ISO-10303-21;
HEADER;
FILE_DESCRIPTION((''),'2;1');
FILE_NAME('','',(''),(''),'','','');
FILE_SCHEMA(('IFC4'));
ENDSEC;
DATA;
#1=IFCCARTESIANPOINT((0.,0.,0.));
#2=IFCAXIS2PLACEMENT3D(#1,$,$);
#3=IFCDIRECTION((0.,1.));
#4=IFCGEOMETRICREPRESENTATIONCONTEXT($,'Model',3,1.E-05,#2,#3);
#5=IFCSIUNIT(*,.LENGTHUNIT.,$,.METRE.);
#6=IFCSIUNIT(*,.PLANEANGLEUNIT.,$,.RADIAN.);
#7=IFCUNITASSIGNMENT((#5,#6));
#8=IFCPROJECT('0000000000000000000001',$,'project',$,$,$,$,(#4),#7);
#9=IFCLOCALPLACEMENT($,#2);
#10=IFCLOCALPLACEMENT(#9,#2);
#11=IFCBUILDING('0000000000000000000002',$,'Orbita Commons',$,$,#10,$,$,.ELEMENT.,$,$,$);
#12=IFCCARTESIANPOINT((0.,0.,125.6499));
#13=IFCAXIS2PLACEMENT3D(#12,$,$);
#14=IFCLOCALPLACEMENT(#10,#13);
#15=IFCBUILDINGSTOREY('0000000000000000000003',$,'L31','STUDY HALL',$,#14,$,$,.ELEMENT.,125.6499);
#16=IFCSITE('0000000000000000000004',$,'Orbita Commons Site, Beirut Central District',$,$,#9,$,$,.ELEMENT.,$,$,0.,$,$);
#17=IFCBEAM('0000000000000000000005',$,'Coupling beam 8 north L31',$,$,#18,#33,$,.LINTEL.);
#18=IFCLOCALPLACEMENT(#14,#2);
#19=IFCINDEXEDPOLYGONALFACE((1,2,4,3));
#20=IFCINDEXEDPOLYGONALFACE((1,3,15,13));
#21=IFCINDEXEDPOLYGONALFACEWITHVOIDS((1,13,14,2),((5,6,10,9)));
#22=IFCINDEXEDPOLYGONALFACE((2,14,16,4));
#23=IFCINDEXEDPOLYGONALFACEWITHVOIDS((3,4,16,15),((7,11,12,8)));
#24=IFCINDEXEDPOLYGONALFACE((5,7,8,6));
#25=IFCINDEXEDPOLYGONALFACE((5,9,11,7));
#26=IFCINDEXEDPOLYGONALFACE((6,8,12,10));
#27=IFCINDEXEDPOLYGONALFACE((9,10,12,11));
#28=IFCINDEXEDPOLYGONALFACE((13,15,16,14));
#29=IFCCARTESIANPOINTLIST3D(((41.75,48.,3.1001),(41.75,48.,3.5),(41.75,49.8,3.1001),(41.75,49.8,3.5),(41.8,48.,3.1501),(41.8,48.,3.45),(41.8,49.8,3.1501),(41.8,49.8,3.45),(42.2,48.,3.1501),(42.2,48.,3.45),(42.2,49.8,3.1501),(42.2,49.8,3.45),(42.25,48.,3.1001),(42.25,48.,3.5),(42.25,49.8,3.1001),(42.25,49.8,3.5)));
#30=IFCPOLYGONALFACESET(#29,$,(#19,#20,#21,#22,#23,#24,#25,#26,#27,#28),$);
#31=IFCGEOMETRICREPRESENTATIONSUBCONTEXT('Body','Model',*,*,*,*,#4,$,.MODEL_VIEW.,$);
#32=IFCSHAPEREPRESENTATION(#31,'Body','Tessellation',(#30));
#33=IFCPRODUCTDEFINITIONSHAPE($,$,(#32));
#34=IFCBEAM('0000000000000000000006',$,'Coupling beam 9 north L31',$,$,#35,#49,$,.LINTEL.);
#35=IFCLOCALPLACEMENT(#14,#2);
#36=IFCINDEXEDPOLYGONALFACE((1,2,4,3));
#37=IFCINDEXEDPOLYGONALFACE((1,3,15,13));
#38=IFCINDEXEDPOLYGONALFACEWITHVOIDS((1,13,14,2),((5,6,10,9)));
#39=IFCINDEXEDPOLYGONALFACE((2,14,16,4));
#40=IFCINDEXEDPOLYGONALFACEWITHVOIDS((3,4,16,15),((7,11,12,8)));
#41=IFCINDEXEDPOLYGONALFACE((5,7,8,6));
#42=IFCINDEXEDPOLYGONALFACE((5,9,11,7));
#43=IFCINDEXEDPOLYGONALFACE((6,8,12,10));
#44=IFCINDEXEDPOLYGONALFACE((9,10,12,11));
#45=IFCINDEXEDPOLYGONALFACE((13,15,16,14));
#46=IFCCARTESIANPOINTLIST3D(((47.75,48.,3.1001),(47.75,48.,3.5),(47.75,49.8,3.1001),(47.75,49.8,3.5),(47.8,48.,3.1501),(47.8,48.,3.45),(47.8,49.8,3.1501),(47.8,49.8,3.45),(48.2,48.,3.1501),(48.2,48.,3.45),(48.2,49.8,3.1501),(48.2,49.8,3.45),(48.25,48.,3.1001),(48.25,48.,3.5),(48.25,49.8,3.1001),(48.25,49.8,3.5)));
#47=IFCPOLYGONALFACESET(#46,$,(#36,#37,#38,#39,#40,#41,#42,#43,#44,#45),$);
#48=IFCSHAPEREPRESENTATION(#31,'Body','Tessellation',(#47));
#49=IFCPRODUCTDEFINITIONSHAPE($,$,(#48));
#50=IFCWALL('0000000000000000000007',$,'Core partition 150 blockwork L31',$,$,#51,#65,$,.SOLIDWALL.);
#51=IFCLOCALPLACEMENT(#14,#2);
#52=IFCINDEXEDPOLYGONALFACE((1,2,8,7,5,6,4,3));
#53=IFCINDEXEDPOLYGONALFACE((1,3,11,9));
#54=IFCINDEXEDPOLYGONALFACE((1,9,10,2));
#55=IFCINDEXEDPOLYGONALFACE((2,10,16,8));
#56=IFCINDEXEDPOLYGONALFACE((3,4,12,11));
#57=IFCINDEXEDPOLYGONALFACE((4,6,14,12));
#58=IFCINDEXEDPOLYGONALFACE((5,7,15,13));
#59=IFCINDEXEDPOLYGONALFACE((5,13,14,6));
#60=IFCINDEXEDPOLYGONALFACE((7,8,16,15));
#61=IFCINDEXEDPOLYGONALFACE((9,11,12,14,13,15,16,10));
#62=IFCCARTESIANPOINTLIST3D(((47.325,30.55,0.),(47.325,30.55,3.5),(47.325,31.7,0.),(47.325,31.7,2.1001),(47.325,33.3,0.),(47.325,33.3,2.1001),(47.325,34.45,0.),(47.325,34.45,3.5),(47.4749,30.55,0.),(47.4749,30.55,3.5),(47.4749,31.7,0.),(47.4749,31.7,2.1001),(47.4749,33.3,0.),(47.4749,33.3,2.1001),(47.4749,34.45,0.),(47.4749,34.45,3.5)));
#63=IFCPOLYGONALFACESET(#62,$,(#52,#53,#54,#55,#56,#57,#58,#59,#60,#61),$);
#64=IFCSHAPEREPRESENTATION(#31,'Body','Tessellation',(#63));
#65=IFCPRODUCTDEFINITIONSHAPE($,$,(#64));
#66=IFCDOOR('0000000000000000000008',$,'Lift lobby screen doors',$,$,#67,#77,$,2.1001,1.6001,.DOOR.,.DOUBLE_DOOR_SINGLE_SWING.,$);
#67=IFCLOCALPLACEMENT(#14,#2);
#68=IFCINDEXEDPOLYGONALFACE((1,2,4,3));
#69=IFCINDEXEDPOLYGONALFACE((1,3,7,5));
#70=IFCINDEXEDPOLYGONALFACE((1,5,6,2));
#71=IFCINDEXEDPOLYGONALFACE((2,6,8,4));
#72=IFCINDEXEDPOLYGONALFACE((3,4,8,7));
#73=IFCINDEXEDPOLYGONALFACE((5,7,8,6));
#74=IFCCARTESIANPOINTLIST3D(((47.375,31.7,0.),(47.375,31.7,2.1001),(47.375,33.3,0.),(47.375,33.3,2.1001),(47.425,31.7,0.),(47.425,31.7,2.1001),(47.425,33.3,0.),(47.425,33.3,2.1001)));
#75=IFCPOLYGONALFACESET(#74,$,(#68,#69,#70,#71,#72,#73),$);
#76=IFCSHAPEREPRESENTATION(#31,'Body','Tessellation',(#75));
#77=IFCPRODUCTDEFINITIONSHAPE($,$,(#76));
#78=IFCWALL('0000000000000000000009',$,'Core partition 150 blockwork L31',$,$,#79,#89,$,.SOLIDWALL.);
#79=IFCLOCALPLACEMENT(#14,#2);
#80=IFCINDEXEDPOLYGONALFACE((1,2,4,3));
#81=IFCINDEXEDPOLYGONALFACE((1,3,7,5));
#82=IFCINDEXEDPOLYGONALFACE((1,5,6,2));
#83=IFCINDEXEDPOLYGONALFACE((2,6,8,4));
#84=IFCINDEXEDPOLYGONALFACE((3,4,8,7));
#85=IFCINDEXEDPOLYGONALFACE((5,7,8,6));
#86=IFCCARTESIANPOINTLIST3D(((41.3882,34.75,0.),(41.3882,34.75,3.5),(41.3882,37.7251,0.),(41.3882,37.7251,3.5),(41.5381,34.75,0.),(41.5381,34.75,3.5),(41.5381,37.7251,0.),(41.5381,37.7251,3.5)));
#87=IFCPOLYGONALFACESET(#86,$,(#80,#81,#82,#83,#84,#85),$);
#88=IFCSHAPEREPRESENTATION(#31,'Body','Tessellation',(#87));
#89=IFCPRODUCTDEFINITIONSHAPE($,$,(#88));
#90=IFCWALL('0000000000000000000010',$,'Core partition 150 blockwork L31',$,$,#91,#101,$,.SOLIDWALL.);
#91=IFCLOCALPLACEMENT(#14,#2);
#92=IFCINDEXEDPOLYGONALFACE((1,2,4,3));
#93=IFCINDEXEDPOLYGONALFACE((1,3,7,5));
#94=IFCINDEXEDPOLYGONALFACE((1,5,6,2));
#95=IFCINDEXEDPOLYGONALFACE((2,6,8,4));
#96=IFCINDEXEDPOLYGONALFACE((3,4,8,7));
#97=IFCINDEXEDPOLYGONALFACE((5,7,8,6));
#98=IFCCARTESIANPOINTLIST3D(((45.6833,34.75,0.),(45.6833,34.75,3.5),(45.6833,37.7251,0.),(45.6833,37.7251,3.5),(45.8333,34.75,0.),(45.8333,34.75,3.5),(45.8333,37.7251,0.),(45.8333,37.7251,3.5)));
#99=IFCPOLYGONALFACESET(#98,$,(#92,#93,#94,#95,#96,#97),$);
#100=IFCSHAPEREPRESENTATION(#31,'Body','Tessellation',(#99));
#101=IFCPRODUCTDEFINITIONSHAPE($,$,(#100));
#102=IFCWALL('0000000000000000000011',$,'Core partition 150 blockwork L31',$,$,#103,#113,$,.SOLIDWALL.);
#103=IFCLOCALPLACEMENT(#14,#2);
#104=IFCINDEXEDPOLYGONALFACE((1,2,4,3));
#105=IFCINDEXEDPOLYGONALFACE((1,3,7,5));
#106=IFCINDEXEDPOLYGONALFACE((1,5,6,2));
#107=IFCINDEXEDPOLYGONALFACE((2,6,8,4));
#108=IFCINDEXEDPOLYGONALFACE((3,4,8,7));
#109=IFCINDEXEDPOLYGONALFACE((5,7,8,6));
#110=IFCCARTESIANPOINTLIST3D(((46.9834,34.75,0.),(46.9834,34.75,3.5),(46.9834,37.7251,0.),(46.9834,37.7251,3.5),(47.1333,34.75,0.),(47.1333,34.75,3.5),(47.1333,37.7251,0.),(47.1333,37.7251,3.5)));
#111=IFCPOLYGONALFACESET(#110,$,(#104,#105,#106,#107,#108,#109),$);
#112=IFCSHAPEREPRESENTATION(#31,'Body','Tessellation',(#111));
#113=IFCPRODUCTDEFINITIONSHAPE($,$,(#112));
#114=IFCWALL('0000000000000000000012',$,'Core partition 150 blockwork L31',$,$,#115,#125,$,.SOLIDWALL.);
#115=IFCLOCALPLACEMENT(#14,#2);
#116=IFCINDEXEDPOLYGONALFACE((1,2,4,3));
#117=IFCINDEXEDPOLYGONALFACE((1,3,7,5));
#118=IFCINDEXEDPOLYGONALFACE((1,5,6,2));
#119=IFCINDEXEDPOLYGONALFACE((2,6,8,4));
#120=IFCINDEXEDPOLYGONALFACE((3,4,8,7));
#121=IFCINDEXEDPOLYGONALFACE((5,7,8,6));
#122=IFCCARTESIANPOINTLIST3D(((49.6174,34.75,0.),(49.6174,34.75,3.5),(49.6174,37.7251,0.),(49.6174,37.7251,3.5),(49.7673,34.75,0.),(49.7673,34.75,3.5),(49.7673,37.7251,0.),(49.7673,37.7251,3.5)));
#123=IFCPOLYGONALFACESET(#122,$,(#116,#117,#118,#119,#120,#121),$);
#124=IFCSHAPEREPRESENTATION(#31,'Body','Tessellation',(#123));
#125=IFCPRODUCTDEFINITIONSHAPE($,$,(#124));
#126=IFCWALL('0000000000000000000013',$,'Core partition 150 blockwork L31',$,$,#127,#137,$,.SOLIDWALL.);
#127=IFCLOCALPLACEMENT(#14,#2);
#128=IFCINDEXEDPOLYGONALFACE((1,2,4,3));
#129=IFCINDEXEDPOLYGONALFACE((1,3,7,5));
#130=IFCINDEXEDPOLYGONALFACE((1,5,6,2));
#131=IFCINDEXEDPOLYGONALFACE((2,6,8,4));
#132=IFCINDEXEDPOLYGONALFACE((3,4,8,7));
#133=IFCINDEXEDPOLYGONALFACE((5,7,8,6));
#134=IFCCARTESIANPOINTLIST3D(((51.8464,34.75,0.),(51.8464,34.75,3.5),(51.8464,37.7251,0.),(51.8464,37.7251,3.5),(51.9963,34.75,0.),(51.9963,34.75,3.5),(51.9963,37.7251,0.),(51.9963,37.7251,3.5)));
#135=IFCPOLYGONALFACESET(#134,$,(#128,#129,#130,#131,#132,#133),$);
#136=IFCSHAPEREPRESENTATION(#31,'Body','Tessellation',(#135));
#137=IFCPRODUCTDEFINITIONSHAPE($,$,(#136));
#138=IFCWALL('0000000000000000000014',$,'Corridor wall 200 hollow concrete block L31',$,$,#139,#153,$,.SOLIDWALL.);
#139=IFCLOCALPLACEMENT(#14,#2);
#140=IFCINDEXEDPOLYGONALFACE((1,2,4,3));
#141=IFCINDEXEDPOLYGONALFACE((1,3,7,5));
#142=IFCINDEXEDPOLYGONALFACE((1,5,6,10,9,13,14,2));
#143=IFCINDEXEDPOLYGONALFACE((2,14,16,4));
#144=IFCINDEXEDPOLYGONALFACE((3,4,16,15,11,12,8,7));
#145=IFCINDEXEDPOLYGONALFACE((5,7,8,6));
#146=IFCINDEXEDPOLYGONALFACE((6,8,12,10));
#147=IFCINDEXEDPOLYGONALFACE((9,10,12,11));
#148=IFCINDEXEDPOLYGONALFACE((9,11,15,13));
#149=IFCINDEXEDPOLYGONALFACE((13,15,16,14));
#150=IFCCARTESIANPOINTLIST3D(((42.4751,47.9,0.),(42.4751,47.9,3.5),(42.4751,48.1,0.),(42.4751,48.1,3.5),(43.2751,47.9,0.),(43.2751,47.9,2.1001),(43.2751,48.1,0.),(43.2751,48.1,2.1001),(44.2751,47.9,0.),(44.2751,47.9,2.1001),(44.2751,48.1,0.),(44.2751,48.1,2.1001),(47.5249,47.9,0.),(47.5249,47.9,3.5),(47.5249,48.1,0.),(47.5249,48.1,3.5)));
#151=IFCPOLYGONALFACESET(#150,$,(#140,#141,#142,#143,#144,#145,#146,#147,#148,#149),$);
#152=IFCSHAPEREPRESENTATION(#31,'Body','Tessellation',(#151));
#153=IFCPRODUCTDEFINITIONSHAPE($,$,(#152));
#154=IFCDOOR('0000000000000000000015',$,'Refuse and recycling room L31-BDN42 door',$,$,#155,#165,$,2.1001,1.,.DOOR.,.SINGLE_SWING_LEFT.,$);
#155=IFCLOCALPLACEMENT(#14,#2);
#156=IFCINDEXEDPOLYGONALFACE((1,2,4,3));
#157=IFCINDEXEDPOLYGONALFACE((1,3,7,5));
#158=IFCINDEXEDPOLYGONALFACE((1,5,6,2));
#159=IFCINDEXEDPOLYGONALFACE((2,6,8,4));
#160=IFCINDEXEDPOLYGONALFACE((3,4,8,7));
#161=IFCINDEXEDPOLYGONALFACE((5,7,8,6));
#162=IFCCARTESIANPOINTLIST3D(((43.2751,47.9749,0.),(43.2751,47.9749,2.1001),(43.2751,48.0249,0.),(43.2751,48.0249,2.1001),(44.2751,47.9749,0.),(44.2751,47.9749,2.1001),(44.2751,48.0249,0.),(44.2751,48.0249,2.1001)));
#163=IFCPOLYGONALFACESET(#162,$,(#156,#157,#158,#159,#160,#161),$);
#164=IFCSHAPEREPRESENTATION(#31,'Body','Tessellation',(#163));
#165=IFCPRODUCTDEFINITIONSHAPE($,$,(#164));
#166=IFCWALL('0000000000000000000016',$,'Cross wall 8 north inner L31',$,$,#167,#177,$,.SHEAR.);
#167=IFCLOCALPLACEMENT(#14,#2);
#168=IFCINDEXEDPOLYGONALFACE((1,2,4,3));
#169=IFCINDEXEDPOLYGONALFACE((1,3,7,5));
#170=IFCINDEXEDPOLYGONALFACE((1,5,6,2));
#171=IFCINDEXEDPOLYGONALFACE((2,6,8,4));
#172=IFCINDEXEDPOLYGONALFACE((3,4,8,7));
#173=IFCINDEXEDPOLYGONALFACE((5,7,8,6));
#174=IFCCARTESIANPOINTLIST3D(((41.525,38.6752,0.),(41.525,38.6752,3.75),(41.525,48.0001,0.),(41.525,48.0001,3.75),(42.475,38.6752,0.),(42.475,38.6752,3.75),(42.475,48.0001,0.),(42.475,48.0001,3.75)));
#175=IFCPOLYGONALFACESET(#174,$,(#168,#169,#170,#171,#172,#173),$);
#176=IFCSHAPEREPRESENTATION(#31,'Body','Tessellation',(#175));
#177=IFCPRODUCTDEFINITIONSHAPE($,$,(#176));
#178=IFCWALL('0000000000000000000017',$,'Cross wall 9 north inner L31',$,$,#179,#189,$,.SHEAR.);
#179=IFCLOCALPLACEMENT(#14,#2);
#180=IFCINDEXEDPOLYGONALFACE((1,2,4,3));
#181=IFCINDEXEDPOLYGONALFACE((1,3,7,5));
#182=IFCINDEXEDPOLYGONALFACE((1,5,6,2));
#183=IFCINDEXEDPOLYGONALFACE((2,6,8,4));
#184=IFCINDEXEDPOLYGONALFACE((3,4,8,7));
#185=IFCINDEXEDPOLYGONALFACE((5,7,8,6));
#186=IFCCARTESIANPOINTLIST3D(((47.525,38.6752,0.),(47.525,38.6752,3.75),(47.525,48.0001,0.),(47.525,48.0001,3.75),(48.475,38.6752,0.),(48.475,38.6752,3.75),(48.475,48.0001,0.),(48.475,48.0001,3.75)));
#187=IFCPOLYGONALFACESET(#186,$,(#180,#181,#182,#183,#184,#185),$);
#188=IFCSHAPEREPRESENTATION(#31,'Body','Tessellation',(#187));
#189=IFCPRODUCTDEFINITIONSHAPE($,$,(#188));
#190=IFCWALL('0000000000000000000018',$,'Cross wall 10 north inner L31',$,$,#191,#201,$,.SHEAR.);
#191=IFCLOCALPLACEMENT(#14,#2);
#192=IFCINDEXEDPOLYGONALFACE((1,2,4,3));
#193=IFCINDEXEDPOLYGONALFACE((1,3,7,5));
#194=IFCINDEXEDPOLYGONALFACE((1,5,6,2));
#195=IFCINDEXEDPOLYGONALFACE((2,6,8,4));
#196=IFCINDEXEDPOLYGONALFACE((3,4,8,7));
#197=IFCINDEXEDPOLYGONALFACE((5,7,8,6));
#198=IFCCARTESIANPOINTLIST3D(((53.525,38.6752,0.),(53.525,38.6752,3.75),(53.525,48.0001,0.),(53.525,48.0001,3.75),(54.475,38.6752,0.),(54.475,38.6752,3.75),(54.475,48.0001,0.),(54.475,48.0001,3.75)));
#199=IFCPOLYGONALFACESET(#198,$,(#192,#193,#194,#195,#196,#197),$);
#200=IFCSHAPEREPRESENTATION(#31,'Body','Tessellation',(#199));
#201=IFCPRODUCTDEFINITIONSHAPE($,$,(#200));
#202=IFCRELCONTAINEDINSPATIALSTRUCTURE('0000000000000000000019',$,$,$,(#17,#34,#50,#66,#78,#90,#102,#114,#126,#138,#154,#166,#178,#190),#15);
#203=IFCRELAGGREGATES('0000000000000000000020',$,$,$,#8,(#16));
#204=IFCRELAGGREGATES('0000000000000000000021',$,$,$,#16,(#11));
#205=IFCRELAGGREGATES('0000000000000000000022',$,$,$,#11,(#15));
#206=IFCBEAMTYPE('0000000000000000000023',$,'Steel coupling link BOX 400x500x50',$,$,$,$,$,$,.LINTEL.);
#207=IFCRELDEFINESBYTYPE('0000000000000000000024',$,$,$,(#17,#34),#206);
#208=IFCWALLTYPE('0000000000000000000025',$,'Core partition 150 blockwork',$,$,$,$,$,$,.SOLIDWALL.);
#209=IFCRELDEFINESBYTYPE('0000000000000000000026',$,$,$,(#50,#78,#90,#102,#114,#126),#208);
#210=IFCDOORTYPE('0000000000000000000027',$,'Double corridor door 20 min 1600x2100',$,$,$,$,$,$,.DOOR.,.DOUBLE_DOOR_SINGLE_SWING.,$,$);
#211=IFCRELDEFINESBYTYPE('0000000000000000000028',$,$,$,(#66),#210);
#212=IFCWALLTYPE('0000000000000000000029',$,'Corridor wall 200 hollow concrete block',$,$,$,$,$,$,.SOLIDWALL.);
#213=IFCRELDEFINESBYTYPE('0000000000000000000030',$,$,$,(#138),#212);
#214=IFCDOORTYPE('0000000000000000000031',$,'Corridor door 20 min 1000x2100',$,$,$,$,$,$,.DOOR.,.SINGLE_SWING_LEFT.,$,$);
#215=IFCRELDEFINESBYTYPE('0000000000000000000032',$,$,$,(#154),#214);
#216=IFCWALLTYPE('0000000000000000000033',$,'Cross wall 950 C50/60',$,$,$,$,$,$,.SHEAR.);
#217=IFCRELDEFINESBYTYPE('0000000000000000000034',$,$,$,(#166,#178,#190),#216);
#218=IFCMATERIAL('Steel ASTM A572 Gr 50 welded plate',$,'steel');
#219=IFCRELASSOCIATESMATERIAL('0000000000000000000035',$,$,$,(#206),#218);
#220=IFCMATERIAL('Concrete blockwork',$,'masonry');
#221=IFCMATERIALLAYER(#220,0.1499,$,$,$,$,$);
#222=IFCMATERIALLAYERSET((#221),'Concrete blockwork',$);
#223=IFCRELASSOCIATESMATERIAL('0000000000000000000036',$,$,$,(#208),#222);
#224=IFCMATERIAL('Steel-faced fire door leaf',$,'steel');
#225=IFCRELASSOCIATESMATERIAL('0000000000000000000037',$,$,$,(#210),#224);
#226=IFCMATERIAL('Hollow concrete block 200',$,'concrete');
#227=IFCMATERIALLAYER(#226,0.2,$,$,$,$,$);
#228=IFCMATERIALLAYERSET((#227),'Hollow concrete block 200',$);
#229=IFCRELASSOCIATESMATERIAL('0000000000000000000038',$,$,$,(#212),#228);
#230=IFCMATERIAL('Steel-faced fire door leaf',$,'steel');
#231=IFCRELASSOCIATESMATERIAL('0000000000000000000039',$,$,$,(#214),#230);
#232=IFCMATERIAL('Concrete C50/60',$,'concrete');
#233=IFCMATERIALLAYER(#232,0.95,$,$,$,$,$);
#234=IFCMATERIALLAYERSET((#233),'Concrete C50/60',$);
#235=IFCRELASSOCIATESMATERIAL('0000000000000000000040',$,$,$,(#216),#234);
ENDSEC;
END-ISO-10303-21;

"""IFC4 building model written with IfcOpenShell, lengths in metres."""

from ifc_helpers import new_model, si_unit, direction, frame, frame_2d, origin, origin_2d, place, context, subcontext, project, spatial, rectangle, hollow_rectangle, extrude, material, layer, layer_set, material_profile, profile_set, type_object, element, fill, save


model = new_model("IFC4")

# Units and contexts
model_context = context("Model", 3, precision=1e-05, world=origin(), true_north=direction((0.0, 1.0)))
body_context = subcontext(model_context, "Body", "Model", "MODEL_VIEW")
ifc_project = project(units=[si_unit("LENGTHUNIT", "METRE"), si_unit("PLANEANGLEUNIT", "RADIAN")], contexts=[model_context])

# Site, building, storey
site_placement = place(None, origin())
site = spatial("IfcSite", under=ifc_project, at=site_placement, Name="Orbita Commons Site, Beirut Central District", CompositionType="ELEMENT", RefElevation=0.0)
building_placement = place(site_placement, origin())
building = spatial("IfcBuilding", under=site, at=building_placement, Name="Orbita Commons", CompositionType="ELEMENT")
storey_placement = place(building_placement, frame((0.0, 0.0, 125.6499)))
storey = spatial("IfcBuildingStorey", under=building, at=storey_placement, Name="L31", Description="STUDY HALL", CompositionType="ELEMENT", Elevation=125.6499)

# Beams
ifc_material_1 = material(Name="Steel ASTM A572 Gr 50 welded plate", Category="steel")
ifc_material_profile = material_profile(ifc_material_1, hollow_rectangle(XDim=0.5, YDim=0.3999, WallThickness=0.05, at=origin_2d()), Name="BOX 400x500x50")
ifc_profile_set = profile_set([ifc_material_profile], Name="Steel ASTM A572 Gr 50 welded plate")
beam_type = type_object("IfcBeamType", Name="Steel coupling link BOX 400x500x50", PredefinedType="LINTEL", material=ifc_profile_set)
for number, where, z_axis, x_axis, name in (
    (1, (42.0, 48.0, 3.3), (0.0, 1.0, 0.0), (-1.0, 0.0, 0.0), "Coupling beam 8 north L31"),
    (2, (48.0, 48.0, 3.3), (0.0, 1.0, 0.0), (-1.0, 0.0, 0.0), "Coupling beam 9 north L31"),
):
    element("IfcBeam", number, at=place(storey_placement, frame(where, z_axis=z_axis, x_axis=x_axis)), inside=storey, type_object=beam_type, Name=name, PredefinedType="LINTEL", context=body_context, shape_type="SweptSolid", body=[
        extrude(hollow_rectangle(XDim=0.5, YDim=0.3999, WallThickness=0.05, at=origin_2d()), origin(), (0.0, 0.0, 1.0), 1.8),
    ])

# Wall, opening, door
ifc_material_2 = material(Name="Concrete blockwork", Category="masonry")
ifc_layer_1 = layer(ifc_material_2, 0.1499)
ifc_layer_set_1 = layer_set([ifc_layer_1], Name="Concrete blockwork")
wall_type_1 = type_object("IfcWallType", Name="Core partition 150 blockwork", PredefinedType="SOLIDWALL", material=ifc_layer_set_1)
wall_1_placement = place(storey_placement, frame((47.3999, 30.55, 0.0), z_axis=(0.0, 0.0, 1.0), x_axis=(0.0, 1.0, 0.0)))
wall_1 = element("IfcWall", 3, at=wall_1_placement, inside=storey, type_object=wall_type_1, Name="Core partition 150 blockwork L31", PredefinedType="SOLIDWALL", context=body_context, shape_type="SweptSolid", body=[
    extrude(rectangle(XDim=3.8999, YDim=0.1499, at=frame_2d((1.95, 0.0))), origin(), (0.0, 0.0, 1.0), 3.5),
])
opening_1_placement = place(wall_1_placement, frame((1.1499, 0.0, 0.0)))
opening_1 = element("IfcOpeningElement", 4, at=opening_1_placement, cuts=wall_1, PredefinedType="OPENING", context=body_context, shape_type="SweptSolid", body=[
    extrude(rectangle(XDim=1.6001, YDim=2.1001, at=frame_2d((0.8, 1.05))), frame((0.0, 0.085, 0.0), z_axis=(0.0, -1.0, 0.0), x_axis=(1.0, 0.0, 0.0)), (0.0, 0.0, 1.0), 0.1699),
])
ifc_material_3 = material(Name="Steel-faced fire door leaf", Category="steel")
door_type_1 = type_object("IfcDoorType", Name="Double corridor door 20 min 1600x2100", OperationType="DOUBLE_DOOR_SINGLE_SWING", PredefinedType="DOOR", material=ifc_material_3)
door_1_placement = place(opening_1_placement, origin())
door_1 = element("IfcDoor", 5, at=door_1_placement, inside=storey, type_object=door_type_1, Name="Lift lobby screen doors", OperationType="DOUBLE_DOOR_SINGLE_SWING", OverallHeight=2.1001, OverallWidth=1.6001, PredefinedType="DOOR", context=body_context, shape_type="SweptSolid", body=[
    extrude(rectangle(XDim=1.6001, YDim=2.1001, at=frame_2d((0.8, 1.05))), frame((0.0, 0.0249, 0.0), z_axis=(0.0, -1.0, 0.0), x_axis=(1.0, 0.0, 0.0)), (0.0, 0.0, 1.0), 0.05),
])
fill(opening_1, door_1)

# Walls
for number, where, z_axis, x_axis, name in (
    (6, (41.4631, 34.75, 0.0), (0.0, 0.0, 1.0), (0.0, 1.0, 0.0), "Core partition 150 blockwork L31"),
    (7, (45.7583, 34.75, 0.0), (0.0, 0.0, 1.0), (0.0, 1.0, 0.0), "Core partition 150 blockwork L31"),
    (8, (47.0583, 34.75, 0.0), (0.0, 0.0, 1.0), (0.0, 1.0, 0.0), "Core partition 150 blockwork L31"),
    (9, (49.6924, 34.75, 0.0), (0.0, 0.0, 1.0), (0.0, 1.0, 0.0), "Core partition 150 blockwork L31"),
    (10, (51.9214, 34.75, 0.0), (0.0, 0.0, 1.0), (0.0, 1.0, 0.0), "Core partition 150 blockwork L31"),
):
    element("IfcWall", number, at=place(storey_placement, frame(where, z_axis=z_axis, x_axis=x_axis)), inside=storey, type_object=wall_type_1, Name=name, PredefinedType="SOLIDWALL", context=body_context, shape_type="SweptSolid", body=[
        extrude(rectangle(XDim=2.9751, YDim=0.1499, at=frame_2d((1.4875, 0.0))), origin(), (0.0, 0.0, 1.0), 3.5),
    ])

# Wall, opening, door
ifc_material_4 = material(Name="Hollow concrete block 200", Category="concrete")
ifc_layer_2 = layer(ifc_material_4, 0.2)
ifc_layer_set_2 = layer_set([ifc_layer_2], Name="Hollow concrete block 200")
wall_type_2 = type_object("IfcWallType", Name="Corridor wall 200 hollow concrete block", PredefinedType="SOLIDWALL", material=ifc_layer_set_2)
wall_2_placement = place(storey_placement, frame((42.4751, 48.0, 0.0), z_axis=(0.0, 0.0, 1.0), x_axis=(1.0, 0.0, 0.0)))
wall_2 = element("IfcWall", 11, at=wall_2_placement, inside=storey, type_object=wall_type_2, Name="Corridor wall 200 hollow concrete block L31", PredefinedType="SOLIDWALL", context=body_context, shape_type="SweptSolid", body=[
    extrude(rectangle(XDim=5.0498, YDim=0.2, at=frame_2d((2.5249, 0.0))), origin(), (0.0, 0.0, 1.0), 3.5),
])
opening_2_placement = place(wall_2_placement, frame((0.8, 0.0, 0.0)))
opening_2 = element("IfcOpeningElement", 12, at=opening_2_placement, cuts=wall_2, PredefinedType="OPENING", context=body_context, shape_type="SweptSolid", body=[
    extrude(rectangle(XDim=1.0, YDim=2.1001, at=frame_2d((0.5, 1.05))), frame((0.0, 0.1099, 0.0), z_axis=(0.0, -1.0, 0.0), x_axis=(1.0, 0.0, 0.0)), (0.0, 0.0, 1.0), 0.22),
])
ifc_material_5 = material(Name="Steel-faced fire door leaf", Category="steel")
door_type_2 = type_object("IfcDoorType", Name="Corridor door 20 min 1000x2100", OperationType="SINGLE_SWING_LEFT", PredefinedType="DOOR", material=ifc_material_5)
door_2_placement = place(opening_2_placement, origin())
door_2 = element("IfcDoor", 13, at=door_2_placement, inside=storey, type_object=door_type_2, Name="Refuse and recycling room L31-BDN42 door", OperationType="SINGLE_SWING_LEFT", OverallHeight=2.1001, OverallWidth=1.0, PredefinedType="DOOR", context=body_context, shape_type="SweptSolid", body=[
    extrude(rectangle(XDim=1.0, YDim=2.1001, at=frame_2d((0.5, 1.05))), frame((0.0, 0.0249, 0.0), z_axis=(0.0, -1.0, 0.0), x_axis=(1.0, 0.0, 0.0)), (0.0, 0.0, 1.0), 0.05),
])
fill(opening_2, door_2)

# Walls
ifc_material_6 = material(Name="Concrete C50/60", Category="concrete")
ifc_layer_3 = layer(ifc_material_6, 0.95)
ifc_layer_set_3 = layer_set([ifc_layer_3], Name="Concrete C50/60")
wall_type_3 = type_object("IfcWallType", Name="Cross wall 950 C50/60", PredefinedType="SHEAR", material=ifc_layer_set_3)
for number, where, z_axis, x_axis, name in (
    (14, (42.0, 38.675, 0.0), (0.0, 0.0, 1.0), (0.0, 1.0, 0.0), "Cross wall 8 north inner L31"),
    (15, (48.0, 38.675, 0.0), (0.0, 0.0, 1.0), (0.0, 1.0, 0.0), "Cross wall 9 north inner L31"),
    (16, (54.0, 38.675, 0.0), (0.0, 0.0, 1.0), (0.0, 1.0, 0.0), "Cross wall 10 north inner L31"),
):
    element("IfcWall", number, at=place(storey_placement, frame(where, z_axis=z_axis, x_axis=x_axis)), inside=storey, type_object=wall_type_3, Name=name, PredefinedType="SHEAR", context=body_context, shape_type="SweptSolid", body=[
        extrude(rectangle(XDim=9.325, YDim=0.95, at=frame_2d((4.6626, 0.0))), origin(), (0.0, 0.0, 1.0), 3.75),
    ])

save(model, "model.ifc")
